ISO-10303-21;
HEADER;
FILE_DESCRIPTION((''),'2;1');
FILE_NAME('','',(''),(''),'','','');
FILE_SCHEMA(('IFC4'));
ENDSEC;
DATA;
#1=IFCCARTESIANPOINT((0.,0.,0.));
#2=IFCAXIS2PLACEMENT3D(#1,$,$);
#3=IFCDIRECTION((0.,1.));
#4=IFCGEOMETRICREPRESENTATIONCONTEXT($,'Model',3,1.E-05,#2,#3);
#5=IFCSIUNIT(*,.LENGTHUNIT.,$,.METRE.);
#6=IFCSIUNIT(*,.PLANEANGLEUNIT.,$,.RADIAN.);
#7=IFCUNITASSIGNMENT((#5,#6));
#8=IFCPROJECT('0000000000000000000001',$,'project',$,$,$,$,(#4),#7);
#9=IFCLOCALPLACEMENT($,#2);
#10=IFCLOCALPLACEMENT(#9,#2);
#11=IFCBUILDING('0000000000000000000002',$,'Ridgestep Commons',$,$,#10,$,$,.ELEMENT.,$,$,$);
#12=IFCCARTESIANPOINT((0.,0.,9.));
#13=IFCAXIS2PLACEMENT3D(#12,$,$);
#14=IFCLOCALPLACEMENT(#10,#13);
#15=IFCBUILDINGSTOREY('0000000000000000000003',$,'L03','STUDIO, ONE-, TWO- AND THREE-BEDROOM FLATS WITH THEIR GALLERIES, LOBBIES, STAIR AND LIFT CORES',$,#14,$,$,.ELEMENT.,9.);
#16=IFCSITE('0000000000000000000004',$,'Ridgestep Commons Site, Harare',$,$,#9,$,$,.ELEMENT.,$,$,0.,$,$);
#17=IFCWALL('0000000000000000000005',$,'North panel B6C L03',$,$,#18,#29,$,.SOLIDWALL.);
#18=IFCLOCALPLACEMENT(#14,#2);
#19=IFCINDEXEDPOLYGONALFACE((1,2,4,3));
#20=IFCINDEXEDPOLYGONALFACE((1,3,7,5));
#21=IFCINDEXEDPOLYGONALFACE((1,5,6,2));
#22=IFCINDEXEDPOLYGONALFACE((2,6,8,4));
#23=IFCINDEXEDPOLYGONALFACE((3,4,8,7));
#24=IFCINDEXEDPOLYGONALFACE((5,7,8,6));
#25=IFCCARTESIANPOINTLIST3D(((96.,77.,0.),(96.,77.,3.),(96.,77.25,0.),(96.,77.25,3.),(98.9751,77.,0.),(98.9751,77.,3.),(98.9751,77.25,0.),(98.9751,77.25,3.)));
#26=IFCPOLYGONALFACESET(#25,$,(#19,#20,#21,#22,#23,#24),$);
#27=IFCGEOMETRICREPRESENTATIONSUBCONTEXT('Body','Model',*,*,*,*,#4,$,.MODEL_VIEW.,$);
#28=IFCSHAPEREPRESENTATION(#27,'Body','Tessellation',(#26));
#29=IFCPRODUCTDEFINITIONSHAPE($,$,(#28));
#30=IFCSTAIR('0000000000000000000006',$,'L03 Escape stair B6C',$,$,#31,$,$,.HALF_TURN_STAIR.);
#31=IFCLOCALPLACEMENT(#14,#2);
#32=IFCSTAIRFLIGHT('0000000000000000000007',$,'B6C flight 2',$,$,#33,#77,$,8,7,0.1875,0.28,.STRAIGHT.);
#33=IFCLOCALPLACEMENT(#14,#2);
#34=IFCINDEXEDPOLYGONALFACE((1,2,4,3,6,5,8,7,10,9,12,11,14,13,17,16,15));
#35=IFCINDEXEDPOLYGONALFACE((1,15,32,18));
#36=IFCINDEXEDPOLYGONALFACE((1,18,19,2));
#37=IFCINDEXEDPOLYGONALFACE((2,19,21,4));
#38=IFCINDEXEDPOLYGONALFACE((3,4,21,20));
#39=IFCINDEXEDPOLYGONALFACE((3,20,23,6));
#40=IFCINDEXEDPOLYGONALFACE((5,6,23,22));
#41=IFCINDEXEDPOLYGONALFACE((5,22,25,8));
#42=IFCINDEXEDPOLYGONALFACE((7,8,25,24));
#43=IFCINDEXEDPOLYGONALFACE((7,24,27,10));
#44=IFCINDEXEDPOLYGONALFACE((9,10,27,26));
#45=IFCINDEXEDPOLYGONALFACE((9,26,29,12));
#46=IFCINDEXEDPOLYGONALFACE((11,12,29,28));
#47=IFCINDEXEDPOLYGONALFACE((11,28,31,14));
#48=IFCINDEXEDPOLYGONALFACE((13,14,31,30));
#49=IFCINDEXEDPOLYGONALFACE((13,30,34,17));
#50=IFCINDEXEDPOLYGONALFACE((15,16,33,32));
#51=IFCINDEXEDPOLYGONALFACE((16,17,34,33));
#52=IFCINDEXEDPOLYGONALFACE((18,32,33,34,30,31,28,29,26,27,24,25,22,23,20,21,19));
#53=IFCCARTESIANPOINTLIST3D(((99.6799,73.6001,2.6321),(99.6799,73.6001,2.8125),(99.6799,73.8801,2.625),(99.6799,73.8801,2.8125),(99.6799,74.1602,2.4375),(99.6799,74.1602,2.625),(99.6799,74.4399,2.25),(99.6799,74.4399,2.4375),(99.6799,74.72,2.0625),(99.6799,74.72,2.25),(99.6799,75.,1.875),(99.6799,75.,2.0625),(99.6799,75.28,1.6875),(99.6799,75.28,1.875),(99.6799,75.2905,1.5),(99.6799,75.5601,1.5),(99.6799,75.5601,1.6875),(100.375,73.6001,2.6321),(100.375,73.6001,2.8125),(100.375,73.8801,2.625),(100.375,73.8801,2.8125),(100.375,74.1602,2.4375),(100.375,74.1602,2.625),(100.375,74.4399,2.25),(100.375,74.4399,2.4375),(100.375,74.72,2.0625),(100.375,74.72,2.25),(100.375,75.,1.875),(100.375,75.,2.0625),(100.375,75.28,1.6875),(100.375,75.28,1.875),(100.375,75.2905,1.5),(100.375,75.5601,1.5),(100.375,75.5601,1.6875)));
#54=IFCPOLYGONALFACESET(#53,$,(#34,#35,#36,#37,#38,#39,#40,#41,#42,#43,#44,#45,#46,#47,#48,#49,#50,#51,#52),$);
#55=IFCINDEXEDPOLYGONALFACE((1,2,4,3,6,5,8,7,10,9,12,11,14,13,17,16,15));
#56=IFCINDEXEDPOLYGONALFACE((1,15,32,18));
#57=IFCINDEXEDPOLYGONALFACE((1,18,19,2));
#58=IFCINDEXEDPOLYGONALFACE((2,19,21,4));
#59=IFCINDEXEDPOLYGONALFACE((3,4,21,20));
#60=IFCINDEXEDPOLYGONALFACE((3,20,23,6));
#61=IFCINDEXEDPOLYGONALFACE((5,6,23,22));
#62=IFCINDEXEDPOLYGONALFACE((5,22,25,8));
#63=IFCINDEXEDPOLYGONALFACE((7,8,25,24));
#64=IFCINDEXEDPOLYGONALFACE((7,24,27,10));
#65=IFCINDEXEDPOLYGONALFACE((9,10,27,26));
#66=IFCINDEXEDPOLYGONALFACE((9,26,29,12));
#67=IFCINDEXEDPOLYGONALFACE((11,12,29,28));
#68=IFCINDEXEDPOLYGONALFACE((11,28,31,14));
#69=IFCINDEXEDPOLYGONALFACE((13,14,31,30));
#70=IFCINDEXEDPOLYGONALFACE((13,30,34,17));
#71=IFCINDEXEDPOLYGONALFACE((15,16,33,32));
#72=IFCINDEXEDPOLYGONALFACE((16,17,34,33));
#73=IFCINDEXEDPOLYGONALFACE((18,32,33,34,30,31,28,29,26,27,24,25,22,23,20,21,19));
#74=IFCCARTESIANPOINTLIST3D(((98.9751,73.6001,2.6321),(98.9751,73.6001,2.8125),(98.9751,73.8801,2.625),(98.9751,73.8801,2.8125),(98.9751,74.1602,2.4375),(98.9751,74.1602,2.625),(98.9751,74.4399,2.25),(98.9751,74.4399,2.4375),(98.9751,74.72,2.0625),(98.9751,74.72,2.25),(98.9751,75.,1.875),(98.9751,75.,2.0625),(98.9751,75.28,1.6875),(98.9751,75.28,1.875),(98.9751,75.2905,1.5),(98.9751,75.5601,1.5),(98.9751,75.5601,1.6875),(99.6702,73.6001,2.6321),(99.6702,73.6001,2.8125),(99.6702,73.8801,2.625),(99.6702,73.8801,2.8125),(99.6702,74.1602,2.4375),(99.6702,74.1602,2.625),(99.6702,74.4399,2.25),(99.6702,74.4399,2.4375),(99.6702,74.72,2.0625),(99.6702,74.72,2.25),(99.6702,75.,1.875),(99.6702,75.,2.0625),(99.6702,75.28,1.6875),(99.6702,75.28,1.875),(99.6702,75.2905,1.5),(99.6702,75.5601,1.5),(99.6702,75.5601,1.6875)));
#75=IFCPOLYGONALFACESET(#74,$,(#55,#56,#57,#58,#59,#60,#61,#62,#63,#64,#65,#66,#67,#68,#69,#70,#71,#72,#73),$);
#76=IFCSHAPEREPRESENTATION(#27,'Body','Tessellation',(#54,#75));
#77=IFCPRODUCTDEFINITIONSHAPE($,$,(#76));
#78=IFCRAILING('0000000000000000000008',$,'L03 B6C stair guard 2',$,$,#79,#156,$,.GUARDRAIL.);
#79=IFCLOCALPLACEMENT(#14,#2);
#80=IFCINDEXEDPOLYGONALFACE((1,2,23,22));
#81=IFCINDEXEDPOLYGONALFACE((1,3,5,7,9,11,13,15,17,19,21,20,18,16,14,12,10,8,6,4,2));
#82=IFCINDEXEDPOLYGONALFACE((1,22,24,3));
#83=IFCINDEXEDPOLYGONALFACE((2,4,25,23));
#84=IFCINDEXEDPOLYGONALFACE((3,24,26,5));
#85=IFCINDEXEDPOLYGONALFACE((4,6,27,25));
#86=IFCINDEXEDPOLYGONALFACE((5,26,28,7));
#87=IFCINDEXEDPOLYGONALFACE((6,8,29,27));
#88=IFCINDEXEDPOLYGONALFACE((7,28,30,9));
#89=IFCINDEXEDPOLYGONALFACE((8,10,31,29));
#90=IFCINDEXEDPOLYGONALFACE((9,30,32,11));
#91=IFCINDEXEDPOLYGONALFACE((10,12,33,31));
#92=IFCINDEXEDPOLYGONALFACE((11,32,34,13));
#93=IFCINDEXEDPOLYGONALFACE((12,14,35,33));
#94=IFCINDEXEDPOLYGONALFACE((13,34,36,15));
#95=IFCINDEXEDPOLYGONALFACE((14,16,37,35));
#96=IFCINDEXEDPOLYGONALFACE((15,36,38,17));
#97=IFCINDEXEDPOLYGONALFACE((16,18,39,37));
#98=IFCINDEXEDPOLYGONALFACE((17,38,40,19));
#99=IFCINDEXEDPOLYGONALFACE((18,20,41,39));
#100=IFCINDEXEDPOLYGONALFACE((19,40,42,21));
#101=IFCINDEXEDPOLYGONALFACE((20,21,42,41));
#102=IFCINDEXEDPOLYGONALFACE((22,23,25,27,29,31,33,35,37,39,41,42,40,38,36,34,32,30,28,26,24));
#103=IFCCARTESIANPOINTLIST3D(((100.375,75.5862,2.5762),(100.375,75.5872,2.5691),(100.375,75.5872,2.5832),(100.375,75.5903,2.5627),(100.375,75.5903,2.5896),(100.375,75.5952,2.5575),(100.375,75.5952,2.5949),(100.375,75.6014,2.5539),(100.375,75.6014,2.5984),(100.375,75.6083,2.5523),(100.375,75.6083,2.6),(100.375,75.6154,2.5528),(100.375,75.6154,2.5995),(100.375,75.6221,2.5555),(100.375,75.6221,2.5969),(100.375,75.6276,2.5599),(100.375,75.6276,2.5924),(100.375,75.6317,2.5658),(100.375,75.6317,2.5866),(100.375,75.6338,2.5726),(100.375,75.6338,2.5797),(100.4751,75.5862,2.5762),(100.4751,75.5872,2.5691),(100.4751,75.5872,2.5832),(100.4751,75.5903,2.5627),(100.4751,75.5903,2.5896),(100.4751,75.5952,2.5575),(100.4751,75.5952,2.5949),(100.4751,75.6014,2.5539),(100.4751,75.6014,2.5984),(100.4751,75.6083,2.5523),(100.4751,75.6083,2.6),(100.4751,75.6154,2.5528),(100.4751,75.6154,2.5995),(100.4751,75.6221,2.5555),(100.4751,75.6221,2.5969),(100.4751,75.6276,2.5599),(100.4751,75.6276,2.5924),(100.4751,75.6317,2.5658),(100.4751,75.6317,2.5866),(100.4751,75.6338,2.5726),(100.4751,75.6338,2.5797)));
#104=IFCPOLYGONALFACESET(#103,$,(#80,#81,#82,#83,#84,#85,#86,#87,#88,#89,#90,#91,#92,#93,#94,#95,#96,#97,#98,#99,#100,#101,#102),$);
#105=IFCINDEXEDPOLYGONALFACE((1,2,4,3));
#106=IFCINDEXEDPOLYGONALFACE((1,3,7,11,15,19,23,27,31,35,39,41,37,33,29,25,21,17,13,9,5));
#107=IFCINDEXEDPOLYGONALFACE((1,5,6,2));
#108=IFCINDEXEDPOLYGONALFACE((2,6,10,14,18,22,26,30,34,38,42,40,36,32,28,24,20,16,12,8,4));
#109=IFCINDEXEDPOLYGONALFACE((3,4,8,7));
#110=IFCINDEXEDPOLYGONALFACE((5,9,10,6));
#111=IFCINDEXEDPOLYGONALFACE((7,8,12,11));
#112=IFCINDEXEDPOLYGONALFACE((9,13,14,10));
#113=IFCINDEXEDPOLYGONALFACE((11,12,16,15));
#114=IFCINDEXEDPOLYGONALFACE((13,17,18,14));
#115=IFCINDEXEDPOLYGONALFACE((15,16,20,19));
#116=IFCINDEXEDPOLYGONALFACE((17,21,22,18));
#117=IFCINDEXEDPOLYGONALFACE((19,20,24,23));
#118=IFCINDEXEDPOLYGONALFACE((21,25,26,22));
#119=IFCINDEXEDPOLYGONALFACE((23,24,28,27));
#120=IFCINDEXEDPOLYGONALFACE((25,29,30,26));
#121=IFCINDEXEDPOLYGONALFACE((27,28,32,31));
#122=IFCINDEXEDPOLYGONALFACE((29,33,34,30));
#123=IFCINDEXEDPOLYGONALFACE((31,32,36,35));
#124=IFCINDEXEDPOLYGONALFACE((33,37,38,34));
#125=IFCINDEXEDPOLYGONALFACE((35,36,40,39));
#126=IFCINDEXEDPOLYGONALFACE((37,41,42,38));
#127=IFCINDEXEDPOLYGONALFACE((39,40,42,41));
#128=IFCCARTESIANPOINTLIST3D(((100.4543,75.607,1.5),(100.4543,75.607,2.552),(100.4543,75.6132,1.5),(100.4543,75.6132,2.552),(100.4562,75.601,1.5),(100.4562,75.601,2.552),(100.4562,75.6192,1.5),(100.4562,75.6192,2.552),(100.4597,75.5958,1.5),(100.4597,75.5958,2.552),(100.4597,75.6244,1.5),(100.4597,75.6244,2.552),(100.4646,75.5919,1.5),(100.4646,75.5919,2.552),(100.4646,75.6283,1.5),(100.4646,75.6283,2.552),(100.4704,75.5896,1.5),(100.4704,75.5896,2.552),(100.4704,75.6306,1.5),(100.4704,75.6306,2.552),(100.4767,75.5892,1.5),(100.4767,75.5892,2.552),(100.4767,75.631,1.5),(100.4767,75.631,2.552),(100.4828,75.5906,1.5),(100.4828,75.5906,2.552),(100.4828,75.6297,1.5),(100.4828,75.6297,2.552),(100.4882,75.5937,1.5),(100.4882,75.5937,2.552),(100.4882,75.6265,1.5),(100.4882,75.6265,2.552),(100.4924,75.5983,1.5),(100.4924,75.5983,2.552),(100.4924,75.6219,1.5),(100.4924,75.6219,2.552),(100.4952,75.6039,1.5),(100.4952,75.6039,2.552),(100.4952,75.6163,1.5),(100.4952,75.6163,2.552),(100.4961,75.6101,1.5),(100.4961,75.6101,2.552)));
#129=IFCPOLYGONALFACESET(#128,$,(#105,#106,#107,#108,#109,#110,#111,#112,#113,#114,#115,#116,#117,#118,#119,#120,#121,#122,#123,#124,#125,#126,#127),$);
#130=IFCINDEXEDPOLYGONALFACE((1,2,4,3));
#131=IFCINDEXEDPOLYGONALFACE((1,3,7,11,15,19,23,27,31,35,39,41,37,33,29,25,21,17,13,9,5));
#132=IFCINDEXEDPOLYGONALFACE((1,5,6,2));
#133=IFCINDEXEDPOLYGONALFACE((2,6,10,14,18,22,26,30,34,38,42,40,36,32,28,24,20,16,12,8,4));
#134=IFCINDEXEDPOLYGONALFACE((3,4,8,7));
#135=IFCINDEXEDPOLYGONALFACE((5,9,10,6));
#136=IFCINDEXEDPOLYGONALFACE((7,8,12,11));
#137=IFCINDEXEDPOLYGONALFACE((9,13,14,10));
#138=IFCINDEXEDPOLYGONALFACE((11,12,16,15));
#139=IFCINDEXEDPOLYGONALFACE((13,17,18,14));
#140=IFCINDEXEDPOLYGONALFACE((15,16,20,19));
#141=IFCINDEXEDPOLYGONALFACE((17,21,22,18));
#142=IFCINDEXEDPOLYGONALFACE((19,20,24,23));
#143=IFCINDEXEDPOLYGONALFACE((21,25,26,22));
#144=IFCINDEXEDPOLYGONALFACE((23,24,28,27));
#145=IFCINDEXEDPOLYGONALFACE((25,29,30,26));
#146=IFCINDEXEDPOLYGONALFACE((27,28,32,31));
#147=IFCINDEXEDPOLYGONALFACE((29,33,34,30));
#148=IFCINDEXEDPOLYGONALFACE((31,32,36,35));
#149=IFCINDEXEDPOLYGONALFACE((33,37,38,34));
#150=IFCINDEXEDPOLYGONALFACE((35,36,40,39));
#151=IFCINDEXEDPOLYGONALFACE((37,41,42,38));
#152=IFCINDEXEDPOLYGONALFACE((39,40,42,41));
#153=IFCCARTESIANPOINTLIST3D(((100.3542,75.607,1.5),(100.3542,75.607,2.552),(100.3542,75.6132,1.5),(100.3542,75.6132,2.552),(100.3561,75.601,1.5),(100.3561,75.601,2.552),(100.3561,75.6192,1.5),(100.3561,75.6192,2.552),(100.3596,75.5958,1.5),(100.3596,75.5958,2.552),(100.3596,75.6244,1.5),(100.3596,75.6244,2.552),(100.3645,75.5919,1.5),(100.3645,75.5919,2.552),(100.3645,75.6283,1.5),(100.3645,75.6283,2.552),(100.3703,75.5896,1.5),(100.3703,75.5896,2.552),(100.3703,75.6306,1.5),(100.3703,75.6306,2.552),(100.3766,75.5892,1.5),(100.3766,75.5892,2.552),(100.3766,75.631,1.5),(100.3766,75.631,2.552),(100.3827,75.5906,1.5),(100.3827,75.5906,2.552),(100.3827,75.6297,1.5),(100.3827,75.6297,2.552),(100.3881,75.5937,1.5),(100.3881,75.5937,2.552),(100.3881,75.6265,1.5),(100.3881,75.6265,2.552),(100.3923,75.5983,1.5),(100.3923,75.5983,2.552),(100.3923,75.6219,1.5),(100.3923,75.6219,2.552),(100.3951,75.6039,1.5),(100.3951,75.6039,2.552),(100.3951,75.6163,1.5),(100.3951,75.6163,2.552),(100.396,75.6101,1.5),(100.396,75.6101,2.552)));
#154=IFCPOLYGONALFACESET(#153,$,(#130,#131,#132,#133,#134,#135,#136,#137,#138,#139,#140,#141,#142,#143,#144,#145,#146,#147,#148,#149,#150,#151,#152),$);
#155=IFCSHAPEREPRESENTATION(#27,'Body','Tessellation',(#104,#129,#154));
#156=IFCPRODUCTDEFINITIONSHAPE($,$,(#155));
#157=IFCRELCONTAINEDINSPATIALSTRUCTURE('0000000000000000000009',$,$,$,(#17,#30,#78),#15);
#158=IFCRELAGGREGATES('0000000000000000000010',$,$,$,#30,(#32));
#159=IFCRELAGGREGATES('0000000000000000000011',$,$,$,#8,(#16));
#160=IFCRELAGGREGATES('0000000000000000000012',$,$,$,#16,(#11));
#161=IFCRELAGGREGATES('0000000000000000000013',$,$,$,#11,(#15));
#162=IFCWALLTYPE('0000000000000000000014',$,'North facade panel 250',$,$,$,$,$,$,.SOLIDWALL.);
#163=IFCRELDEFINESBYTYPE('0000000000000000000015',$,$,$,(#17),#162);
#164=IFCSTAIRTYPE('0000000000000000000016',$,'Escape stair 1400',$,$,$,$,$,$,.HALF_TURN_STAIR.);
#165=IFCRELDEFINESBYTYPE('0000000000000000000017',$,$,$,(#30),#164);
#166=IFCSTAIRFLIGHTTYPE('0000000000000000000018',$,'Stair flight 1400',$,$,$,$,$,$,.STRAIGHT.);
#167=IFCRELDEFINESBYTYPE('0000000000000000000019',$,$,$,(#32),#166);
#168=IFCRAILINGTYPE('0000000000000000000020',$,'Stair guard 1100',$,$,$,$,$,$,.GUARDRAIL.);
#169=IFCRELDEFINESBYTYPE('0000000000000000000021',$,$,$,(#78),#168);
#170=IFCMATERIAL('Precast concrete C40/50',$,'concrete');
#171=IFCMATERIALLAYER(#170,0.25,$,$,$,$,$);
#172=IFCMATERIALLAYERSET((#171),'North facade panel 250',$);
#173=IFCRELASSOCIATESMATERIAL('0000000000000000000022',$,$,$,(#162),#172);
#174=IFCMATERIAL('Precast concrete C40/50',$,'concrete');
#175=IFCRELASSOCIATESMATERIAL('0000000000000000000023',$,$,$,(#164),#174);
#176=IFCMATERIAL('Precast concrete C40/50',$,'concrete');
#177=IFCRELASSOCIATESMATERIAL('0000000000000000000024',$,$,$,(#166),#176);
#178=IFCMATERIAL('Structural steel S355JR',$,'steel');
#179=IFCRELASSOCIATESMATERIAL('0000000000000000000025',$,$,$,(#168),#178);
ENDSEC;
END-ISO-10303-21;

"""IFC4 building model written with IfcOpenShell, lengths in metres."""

from ifc_helpers import new_model, si_unit, direction, frame, frame_2d, origin, origin_2d, place, context, subcontext, project, spatial, polyline, rectangle, circle, outline, extrude, material, layer, layer_set, type_object, element, aggregate, save


model = new_model("IFC4")

# Units and contexts
model_context = context("Model", 3, precision=1e-05, world=origin(), true_north=direction((0.0, 1.0)))
body_context = subcontext(model_context, "Body", "Model", "MODEL_VIEW")
ifc_project = project(units=[si_unit("LENGTHUNIT", "METRE"), si_unit("PLANEANGLEUNIT", "RADIAN")], contexts=[model_context])

# Site, building, storey
site_placement = place(None, origin())
site = spatial("IfcSite", under=ifc_project, at=site_placement, Name="Ridgestep Commons Site, Harare", CompositionType="ELEMENT", RefElevation=0.0)
building_placement = place(site_placement, origin())
building = spatial("IfcBuilding", under=site, at=building_placement, Name="Ridgestep Commons", CompositionType="ELEMENT")
storey_placement = place(building_placement, frame((0.0, 0.0, 9.0)))
storey = spatial("IfcBuildingStorey", under=building, at=storey_placement, Name="L03", Description="STUDIO, ONE-, TWO- AND THREE-BEDROOM FLATS WITH THEIR GALLERIES, LOBBIES, STAIR AND LIFT CORES", CompositionType="ELEMENT", Elevation=9.0)

# Shared definitions
ifc_material_1 = material(Name="Precast concrete C40/50", Category="concrete")
ifc_layer_1 = layer(ifc_material_1, 0.25)
ifc_layer_set_1 = layer_set([ifc_layer_1], Name="North facade panel 250")
wall_type = type_object("IfcWallType", Name="North facade panel 250", PredefinedType="SOLIDWALL", material=ifc_layer_set_1)

# Wall
wall_1_placement = place(storey_placement, frame((96.0, 77.125, 0.0), z_axis=(0.0, 0.0, 1.0), x_axis=(1.0, 0.0, 0.0)))
element("IfcWall", 1, at=wall_1_placement, inside=storey, type_object=wall_type, Name="North panel B6C L03", PredefinedType="SOLIDWALL", context=body_context, shape_type="SweptSolid", body=[
    extrude(rectangle(XDim=2.9751, YDim=0.25, at=frame_2d((1.4875, 0.0))), origin(), (0.0, 0.0, 1.0), 3.0),
])

# Stair, stair flight
ifc_material_2 = material(Name="Precast concrete C40/50", Category="concrete")
stair_type = type_object("IfcStairType", Name="Escape stair 1400", PredefinedType="HALF_TURN_STAIR", material=ifc_material_2)
stair_placement = place(storey_placement, origin())
stair = element("IfcStair", 2, at=stair_placement, inside=storey, type_object=stair_type, Name="L03 Escape stair B6C", PredefinedType="HALF_TURN_STAIR")
ifc_material_3 = material(Name="Precast concrete C40/50", Category="concrete")
stair_flight_type = type_object("IfcStairFlightType", Name="Stair flight 1400", PredefinedType="STRAIGHT", material=ifc_material_3)
stair_flight_placement = place(storey_placement, frame((99.675, 75.5601, 1.5), z_axis=(0.0, 0.0, 1.0), x_axis=(0.0, -1.0, 0.0)))
stair_flight = element("IfcStairFlight", 3, at=stair_flight_placement, type_object=stair_flight_type, Name="B6C flight 2", NumberOfRisers=8, NumberOfTreads=7, PredefinedType="STRAIGHT", RiserHeight=0.1875, TreadLength=0.28, context=body_context, shape_type="SweptSolid", body=[
    extrude(outline(polyline([(0.0, 0.0), (0.0, 0.1875), (0.28, 0.1875), (0.28, 0.375), (0.5601, 0.375), (0.5601, 0.5625), (0.8401, 0.5625), (0.8401, 0.75), (1.1201, 0.75), (1.1201, 0.9375), (1.3999, 0.9375), (1.3999, 1.125), (1.6799, 1.125), (1.6799, 1.3125), (1.96, 1.3125), (1.96, 1.5), (1.96, 1.1321), (0.2695, 0.0), (0.0, 0.0)])), frame((0.0, 0.7, 0.0), z_axis=(0.0, -1.0, 0.0), x_axis=(1.0, 0.0, 0.0)), (0.0, 0.0, 1.0), 0.6951),
    extrude(outline(polyline([(0.0, 0.0), (0.0, 0.1875), (0.28, 0.1875), (0.28, 0.375), (0.5601, 0.375), (0.5601, 0.5625), (0.8401, 0.5625), (0.8401, 0.75), (1.1201, 0.75), (1.1201, 0.9375), (1.3999, 0.9375), (1.3999, 1.125), (1.6799, 1.125), (1.6799, 1.3125), (1.96, 1.3125), (1.96, 1.5), (1.96, 1.1321), (0.2695, 0.0), (0.0, 0.0)])), frame((0.0, -0.0049, 0.0), z_axis=(0.0, -1.0, 0.0), x_axis=(1.0, 0.0, 0.0)), (0.0, 0.0, 1.0), 0.6951),
])
aggregate(stair, [stair_flight])

# Railing
ifc_material_4 = material(Name="Structural steel S355JR", Category="steel")
railing_type = type_object("IfcRailingType", Name="Stair guard 1100", PredefinedType="GUARDRAIL", material=ifc_material_4)
railing_1_placement = place(storey_placement, frame((100.4751, 75.6101, 1.5)))
element("IfcRailing", 4, at=railing_1_placement, inside=storey, type_object=railing_type, Name="L03 B6C stair guard 2", PredefinedType="GUARDRAIL", context=body_context, shape_type="SweptSolid", body=[
    extrude(circle(Radius=0.0239, at=origin_2d()), frame((0.0, 0.0, 1.0762), z_axis=(-1.0, 0.0, 0.0), x_axis=(0.0, -1.0, 0.0)), (0.0, 0.0, 1.0), 0.1001),
    extrude(circle(Radius=0.021, at=origin_2d()), origin(), (0.0, 0.0, 1.0), 1.052),
    extrude(circle(Radius=0.021, at=origin_2d()), frame((-0.1001, 0.0, 0.0)), (0.0, 0.0, 1.0), 1.052),
])

save(model, "model.ifc")
